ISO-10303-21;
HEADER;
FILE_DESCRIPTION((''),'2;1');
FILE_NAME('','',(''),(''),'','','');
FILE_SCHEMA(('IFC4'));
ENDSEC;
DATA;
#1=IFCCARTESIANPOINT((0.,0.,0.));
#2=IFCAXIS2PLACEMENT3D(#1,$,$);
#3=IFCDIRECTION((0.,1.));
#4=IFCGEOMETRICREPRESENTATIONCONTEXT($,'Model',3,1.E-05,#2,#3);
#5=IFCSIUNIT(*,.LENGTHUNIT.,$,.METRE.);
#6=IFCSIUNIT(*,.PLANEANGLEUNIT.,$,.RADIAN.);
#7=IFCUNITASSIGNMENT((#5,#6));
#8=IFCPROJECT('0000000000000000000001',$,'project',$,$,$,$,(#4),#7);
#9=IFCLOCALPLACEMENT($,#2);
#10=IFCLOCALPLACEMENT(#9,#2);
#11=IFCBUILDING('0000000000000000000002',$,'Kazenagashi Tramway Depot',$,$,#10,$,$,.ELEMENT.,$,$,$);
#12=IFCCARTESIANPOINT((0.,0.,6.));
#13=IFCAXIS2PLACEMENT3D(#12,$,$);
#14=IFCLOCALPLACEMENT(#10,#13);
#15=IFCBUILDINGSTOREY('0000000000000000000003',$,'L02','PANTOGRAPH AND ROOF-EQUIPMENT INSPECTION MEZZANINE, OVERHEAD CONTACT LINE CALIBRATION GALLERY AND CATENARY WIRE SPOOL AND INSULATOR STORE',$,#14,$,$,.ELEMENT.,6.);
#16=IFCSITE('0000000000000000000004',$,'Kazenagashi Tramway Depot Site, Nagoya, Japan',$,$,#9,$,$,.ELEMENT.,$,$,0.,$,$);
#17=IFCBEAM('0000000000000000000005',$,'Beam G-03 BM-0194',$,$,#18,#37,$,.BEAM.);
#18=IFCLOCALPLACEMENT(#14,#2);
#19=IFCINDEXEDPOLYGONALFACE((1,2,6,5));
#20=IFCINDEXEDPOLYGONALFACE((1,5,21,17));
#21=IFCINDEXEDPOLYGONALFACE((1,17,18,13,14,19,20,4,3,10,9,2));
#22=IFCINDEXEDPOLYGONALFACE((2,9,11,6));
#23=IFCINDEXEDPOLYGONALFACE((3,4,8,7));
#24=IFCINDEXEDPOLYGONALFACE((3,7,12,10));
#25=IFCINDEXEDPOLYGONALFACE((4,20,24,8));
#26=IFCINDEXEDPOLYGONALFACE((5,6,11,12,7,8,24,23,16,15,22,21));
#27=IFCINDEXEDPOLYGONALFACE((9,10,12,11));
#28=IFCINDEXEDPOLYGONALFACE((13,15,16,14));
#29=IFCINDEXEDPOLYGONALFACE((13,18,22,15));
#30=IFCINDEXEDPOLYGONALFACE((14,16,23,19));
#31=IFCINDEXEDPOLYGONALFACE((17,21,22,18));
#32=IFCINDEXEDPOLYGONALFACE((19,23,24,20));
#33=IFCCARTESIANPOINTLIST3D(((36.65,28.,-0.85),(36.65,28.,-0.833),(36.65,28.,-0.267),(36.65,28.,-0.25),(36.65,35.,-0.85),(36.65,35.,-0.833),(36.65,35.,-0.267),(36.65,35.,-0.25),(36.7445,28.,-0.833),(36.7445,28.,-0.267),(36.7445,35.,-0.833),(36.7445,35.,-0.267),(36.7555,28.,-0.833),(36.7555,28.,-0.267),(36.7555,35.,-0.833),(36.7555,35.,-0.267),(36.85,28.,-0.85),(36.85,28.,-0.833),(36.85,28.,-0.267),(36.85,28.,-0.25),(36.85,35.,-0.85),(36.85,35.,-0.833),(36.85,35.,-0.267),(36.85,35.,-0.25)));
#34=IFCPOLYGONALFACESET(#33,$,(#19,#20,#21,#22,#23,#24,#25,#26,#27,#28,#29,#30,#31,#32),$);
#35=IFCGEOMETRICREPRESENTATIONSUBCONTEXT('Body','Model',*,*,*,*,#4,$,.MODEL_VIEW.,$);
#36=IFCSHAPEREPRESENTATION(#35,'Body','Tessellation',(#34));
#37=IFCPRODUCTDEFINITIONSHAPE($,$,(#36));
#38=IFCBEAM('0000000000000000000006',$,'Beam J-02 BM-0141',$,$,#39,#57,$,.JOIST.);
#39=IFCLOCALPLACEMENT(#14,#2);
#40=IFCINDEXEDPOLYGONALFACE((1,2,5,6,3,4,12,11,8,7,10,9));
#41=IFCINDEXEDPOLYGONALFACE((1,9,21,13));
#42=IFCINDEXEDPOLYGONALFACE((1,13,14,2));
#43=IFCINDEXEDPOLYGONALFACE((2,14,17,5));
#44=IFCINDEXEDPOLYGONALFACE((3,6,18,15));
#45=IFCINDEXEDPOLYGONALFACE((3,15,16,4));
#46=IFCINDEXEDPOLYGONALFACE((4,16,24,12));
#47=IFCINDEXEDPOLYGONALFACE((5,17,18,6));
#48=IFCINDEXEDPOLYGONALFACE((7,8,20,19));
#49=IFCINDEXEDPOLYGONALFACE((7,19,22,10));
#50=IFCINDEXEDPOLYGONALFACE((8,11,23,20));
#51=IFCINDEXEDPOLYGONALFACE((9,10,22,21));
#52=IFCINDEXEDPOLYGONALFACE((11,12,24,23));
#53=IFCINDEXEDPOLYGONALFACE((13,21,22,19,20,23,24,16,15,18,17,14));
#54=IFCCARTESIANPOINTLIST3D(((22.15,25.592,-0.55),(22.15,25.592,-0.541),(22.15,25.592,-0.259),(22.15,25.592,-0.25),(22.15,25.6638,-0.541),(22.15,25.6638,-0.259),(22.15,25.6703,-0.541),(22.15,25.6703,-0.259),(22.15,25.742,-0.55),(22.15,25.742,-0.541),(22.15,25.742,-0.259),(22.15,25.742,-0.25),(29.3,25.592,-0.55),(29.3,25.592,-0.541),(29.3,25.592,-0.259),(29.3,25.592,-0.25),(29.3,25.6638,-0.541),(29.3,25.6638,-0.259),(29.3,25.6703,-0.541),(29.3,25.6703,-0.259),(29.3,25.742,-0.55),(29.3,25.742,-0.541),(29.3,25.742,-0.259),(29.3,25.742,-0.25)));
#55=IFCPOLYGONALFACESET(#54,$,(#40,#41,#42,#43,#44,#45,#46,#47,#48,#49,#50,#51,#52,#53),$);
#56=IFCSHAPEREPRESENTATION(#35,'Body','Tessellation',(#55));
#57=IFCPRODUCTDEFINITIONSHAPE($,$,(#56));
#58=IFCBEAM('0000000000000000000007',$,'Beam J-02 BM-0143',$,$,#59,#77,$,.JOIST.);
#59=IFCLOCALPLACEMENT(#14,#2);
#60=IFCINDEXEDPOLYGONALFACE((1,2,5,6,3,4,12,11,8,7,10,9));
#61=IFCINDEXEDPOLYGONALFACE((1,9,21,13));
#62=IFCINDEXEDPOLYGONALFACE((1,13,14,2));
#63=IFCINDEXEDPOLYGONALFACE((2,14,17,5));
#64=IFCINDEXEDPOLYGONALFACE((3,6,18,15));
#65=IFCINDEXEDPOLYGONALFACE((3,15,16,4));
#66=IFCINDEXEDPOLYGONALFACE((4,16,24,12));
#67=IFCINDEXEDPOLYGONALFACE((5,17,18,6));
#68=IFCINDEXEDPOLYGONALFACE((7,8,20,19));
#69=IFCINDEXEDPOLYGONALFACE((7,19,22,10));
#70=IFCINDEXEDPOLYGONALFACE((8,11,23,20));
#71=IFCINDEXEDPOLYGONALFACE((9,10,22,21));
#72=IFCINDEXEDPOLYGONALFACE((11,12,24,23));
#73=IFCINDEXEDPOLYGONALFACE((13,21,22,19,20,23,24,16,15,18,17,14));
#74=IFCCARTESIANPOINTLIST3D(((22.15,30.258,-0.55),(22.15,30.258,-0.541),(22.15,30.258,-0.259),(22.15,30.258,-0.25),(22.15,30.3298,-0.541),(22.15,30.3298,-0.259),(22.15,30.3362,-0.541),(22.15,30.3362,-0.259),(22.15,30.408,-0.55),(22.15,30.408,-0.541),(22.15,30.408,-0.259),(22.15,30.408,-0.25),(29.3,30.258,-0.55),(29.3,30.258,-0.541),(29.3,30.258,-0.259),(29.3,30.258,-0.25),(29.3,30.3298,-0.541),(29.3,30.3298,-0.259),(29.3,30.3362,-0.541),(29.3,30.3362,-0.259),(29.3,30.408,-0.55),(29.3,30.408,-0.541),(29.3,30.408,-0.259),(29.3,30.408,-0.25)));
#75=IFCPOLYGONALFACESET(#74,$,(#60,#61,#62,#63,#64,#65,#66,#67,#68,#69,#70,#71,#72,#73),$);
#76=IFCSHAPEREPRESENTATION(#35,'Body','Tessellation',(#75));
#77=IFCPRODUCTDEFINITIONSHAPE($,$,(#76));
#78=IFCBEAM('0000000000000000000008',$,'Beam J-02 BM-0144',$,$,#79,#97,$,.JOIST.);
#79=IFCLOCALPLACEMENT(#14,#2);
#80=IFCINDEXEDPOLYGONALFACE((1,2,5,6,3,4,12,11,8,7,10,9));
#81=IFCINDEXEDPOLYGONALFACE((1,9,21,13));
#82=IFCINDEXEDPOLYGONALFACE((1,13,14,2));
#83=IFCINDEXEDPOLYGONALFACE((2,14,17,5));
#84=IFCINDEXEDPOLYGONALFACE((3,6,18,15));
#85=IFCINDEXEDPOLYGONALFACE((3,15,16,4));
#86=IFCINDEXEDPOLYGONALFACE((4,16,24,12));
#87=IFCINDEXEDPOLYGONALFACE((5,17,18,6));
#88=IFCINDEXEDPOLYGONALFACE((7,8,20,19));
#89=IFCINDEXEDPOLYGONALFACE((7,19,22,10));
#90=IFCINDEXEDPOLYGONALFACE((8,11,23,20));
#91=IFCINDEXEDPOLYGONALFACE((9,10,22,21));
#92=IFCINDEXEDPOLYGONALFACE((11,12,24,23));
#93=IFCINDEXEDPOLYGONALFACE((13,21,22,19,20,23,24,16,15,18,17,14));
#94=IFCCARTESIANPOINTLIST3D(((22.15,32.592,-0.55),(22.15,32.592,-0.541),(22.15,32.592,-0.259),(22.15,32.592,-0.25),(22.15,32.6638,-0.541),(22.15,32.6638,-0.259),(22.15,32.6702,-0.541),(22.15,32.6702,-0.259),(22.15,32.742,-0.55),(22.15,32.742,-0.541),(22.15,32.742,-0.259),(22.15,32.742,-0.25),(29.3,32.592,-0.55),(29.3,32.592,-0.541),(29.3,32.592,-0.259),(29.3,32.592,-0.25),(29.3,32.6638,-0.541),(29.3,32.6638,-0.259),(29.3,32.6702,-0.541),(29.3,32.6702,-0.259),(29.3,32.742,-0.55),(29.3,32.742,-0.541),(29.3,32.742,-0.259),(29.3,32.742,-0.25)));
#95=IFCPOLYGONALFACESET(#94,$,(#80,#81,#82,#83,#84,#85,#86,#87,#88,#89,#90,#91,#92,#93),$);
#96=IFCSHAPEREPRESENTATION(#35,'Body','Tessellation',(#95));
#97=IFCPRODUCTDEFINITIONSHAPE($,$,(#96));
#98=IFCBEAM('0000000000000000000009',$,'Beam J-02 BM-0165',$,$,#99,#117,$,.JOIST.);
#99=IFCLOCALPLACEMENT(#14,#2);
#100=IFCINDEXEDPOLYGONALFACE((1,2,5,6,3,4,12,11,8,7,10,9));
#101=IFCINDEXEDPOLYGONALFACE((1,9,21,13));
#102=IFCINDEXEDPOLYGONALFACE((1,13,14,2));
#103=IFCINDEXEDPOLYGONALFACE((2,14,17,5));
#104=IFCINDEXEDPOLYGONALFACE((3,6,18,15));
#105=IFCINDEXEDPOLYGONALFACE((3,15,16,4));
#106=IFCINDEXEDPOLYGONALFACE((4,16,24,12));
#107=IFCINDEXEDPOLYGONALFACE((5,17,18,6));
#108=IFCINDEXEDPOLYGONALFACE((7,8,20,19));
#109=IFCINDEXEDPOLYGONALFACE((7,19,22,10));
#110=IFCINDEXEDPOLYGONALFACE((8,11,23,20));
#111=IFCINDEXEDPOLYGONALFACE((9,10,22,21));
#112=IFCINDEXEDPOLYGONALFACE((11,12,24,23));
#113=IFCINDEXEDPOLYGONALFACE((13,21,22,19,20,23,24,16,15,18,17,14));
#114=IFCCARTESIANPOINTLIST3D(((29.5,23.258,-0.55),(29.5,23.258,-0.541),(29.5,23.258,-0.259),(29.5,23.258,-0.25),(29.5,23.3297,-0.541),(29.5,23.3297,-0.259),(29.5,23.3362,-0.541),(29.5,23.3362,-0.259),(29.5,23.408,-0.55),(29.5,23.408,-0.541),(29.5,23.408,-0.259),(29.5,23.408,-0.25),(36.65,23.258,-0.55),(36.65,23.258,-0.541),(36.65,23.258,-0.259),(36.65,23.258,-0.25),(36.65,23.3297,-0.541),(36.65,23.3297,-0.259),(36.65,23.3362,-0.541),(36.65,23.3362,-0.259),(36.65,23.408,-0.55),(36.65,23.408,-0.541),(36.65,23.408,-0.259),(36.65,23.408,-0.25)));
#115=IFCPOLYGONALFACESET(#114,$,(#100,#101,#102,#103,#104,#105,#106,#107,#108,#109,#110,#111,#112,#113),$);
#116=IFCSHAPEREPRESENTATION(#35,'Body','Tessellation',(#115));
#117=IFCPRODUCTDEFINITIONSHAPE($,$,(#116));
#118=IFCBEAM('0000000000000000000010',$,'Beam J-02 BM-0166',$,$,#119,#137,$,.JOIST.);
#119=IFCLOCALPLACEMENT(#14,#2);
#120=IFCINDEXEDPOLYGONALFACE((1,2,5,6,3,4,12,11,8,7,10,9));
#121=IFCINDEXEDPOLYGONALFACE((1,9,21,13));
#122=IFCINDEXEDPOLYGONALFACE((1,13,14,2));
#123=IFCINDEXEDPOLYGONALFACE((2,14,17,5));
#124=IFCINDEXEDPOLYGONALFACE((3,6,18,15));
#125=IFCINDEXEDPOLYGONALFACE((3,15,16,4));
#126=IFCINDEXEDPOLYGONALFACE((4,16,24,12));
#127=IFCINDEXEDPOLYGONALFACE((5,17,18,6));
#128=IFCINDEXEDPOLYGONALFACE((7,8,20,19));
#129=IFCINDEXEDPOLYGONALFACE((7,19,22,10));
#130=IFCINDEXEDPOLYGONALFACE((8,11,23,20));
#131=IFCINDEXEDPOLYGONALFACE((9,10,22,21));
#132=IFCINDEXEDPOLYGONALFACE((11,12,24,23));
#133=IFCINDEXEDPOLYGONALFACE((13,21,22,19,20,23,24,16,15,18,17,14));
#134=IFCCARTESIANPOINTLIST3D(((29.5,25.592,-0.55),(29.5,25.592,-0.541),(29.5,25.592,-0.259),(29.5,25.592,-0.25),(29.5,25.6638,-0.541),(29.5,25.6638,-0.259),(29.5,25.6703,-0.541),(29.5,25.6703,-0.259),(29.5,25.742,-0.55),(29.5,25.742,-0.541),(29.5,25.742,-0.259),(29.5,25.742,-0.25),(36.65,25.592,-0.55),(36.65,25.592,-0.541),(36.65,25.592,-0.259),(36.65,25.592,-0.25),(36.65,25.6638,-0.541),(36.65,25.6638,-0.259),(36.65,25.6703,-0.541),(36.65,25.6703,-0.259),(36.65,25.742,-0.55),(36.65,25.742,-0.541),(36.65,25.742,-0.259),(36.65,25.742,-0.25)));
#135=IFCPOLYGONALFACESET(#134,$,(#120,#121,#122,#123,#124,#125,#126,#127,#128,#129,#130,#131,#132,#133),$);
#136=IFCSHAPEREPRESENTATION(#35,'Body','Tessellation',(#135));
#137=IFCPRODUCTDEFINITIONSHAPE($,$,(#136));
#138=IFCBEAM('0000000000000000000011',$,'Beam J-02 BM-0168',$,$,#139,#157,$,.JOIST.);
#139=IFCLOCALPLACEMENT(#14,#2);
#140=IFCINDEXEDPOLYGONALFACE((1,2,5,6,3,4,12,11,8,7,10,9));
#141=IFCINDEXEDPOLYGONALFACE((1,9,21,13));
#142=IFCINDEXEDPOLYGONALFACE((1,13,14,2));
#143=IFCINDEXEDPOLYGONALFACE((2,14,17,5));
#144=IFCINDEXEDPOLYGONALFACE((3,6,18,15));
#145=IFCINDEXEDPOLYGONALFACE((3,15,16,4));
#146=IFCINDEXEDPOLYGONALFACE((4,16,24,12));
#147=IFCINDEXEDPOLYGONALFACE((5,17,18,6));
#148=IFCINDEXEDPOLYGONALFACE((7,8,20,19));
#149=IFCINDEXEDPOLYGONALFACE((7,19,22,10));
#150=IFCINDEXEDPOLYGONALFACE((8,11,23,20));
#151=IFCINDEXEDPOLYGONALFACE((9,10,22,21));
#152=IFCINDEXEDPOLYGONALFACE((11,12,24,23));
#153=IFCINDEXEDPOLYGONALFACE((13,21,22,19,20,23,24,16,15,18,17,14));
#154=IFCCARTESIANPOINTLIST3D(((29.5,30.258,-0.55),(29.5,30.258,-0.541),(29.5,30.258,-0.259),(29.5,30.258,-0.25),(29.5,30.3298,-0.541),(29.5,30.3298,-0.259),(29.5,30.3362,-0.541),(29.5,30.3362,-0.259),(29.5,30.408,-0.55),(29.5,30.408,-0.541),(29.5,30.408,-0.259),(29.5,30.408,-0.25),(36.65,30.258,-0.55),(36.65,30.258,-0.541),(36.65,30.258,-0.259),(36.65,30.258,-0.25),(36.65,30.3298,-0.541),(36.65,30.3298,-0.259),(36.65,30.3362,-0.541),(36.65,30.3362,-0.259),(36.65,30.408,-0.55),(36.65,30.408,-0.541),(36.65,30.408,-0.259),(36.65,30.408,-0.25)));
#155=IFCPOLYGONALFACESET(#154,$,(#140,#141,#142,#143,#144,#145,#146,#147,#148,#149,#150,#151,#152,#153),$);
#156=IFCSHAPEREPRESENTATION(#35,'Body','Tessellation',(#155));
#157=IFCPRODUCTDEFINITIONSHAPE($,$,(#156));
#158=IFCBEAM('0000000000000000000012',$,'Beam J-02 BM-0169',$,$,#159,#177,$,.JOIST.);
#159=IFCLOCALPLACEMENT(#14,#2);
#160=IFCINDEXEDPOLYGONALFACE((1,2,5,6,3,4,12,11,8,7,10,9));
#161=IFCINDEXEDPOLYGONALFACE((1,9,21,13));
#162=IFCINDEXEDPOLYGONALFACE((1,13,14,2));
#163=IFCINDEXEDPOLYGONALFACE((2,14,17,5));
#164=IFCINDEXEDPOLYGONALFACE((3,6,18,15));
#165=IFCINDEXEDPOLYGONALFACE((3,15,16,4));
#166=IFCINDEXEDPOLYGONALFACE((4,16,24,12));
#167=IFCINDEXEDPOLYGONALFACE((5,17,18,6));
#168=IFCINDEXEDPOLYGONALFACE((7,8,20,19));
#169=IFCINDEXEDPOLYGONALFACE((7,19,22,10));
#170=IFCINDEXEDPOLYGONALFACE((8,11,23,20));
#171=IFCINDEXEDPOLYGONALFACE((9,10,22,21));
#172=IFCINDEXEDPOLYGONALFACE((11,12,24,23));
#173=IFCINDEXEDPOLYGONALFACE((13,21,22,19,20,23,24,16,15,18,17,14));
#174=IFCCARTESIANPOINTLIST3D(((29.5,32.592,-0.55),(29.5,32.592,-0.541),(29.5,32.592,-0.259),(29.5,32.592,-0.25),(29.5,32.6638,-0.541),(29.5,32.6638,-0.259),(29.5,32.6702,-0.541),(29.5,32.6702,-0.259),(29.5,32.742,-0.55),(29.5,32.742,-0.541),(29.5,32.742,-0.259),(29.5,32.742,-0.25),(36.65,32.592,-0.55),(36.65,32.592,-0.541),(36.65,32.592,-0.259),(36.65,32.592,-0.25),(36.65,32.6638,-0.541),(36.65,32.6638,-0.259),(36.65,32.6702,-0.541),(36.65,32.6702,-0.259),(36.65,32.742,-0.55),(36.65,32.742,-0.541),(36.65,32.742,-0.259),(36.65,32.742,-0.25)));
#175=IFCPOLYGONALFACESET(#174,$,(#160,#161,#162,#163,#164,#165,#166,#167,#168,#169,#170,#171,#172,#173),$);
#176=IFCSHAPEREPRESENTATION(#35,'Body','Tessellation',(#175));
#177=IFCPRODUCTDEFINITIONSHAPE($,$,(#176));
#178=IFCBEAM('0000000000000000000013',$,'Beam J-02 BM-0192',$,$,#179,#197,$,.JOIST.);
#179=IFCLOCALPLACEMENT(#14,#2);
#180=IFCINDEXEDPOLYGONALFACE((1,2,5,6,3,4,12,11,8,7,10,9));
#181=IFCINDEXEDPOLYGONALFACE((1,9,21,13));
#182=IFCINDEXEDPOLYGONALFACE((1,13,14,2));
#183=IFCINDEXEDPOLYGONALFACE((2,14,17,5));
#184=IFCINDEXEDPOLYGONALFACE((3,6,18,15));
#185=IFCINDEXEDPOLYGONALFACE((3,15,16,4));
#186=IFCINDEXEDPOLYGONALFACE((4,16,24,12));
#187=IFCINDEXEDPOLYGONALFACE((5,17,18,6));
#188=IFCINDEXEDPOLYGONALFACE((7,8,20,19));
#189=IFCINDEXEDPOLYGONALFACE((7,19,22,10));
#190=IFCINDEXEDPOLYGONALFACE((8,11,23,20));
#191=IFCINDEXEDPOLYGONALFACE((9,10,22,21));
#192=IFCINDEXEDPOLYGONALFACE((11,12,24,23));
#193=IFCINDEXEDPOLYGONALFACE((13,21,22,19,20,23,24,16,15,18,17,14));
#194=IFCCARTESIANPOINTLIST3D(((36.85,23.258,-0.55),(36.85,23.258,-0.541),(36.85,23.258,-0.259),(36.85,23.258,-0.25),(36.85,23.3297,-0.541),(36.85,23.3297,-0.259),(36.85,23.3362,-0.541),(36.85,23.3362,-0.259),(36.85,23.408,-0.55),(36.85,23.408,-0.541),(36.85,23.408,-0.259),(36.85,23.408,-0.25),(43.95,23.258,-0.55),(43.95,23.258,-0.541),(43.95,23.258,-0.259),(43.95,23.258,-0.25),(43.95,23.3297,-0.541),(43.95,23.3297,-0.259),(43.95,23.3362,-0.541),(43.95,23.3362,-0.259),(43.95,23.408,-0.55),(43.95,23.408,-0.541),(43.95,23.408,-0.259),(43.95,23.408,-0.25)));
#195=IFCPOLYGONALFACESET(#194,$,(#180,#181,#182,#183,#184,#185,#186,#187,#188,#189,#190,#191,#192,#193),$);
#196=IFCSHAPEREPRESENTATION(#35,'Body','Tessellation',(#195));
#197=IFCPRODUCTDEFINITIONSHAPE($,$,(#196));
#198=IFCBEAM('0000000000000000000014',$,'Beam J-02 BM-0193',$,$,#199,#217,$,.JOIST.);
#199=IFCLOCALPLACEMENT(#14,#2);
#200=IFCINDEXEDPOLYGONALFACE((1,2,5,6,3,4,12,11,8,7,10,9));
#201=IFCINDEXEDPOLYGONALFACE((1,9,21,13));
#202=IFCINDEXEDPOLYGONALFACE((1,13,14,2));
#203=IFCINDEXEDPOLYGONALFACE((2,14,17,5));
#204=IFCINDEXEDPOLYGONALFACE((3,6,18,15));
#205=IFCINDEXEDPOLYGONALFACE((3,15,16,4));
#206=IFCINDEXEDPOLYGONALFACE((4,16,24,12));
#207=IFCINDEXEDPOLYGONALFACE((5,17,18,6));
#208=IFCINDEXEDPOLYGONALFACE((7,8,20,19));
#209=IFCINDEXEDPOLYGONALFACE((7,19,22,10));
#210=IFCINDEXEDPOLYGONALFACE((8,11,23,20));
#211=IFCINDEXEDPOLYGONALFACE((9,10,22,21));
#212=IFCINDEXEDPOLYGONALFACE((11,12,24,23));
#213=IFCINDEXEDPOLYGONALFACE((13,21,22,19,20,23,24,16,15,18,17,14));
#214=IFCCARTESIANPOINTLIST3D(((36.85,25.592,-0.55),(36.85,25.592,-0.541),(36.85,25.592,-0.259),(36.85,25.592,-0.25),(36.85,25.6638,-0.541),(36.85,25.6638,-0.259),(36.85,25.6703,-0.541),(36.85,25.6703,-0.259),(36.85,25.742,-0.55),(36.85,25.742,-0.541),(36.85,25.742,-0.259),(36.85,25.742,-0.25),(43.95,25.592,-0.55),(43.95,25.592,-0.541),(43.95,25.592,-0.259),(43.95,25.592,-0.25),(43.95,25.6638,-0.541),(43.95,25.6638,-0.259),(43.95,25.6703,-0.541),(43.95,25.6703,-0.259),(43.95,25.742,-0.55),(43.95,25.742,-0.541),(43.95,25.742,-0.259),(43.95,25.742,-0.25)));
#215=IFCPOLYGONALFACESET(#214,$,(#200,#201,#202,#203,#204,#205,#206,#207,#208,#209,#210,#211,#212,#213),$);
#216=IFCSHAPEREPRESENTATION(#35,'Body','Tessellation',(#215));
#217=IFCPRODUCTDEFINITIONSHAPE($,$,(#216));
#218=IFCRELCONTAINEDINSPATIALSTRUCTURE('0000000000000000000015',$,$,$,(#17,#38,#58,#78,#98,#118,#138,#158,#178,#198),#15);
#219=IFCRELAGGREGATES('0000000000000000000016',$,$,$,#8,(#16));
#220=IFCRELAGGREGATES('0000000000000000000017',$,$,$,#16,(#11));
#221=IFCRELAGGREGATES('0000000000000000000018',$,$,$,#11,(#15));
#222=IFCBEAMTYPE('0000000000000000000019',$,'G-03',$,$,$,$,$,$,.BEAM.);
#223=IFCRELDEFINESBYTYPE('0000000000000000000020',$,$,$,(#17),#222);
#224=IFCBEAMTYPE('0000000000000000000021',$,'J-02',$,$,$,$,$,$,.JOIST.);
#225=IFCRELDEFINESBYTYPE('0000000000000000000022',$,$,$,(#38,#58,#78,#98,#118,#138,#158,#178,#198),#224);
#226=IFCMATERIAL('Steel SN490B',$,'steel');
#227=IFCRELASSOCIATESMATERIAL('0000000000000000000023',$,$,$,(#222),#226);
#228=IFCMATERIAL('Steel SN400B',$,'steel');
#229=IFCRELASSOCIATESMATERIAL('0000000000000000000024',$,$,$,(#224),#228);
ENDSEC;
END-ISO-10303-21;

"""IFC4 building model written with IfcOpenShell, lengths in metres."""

from ifc_helpers import new_model, si_unit, direction, frame, origin, origin_2d, place, context, subcontext, project, spatial, i_section, extrude, material, material_profile, profile_set, type_object, element, save


model = new_model("IFC4")

# Units and contexts
model_context = context("Model", 3, precision=1e-05, world=origin(), true_north=direction((0.0, 1.0)))
body_context = subcontext(model_context, "Body", "Model", "MODEL_VIEW")
ifc_project = project(units=[si_unit("LENGTHUNIT", "METRE"), si_unit("PLANEANGLEUNIT", "RADIAN")], contexts=[model_context])

# Site, building, storey
site_placement = place(None, origin())
site = spatial("IfcSite", under=ifc_project, at=site_placement, Name="Kazenagashi Tramway Depot Site, Nagoya, Japan", CompositionType="ELEMENT", RefElevation=0.0)
building_placement = place(site_placement, origin())
building = spatial("IfcBuilding", under=site, at=building_placement, Name="Kazenagashi Tramway Depot", CompositionType="ELEMENT")
storey_placement = place(building_placement, frame((0.0, 0.0, 6.0)))
storey = spatial("IfcBuildingStorey", under=building, at=storey_placement, Name="L02", Description="PANTOGRAPH AND ROOF-EQUIPMENT INSPECTION MEZZANINE, OVERHEAD CONTACT LINE CALIBRATION GALLERY AND CATENARY WIRE SPOOL AND INSULATOR STORE", CompositionType="ELEMENT", Elevation=6.0)

# Shared definitions
ifc_material_1 = material(Name="Steel SN490B", Category="steel")

# Beams
ifc_material_profile_1 = material_profile(ifc_material_1, i_section(OverallWidth=0.2, OverallDepth=0.6, WebThickness=0.011, FlangeThickness=0.017, at=origin_2d()), Name="H-600x200x11x17")
ifc_profile_set_1 = profile_set([ifc_material_profile_1], Name="Steel SN490B")
beam_type_1 = type_object("IfcBeamType", Name="G-03", PredefinedType="BEAM", material=ifc_profile_set_1)
for number, where, z_axis, x_axis, name in (
    (1, (36.75, 28.0, -0.55), (0.0, 1.0, 0.0), (-1.0, 0.0, 0.0), "Beam G-03 BM-0194"),
):
    element("IfcBeam", number, at=place(storey_placement, frame(where, z_axis=z_axis, x_axis=x_axis)), inside=storey, type_object=beam_type_1, Name=name, PredefinedType="BEAM", context=body_context, shape_type="SweptSolid", body=[
        extrude(i_section(OverallWidth=0.2, OverallDepth=0.6, WebThickness=0.011, FlangeThickness=0.017, at=origin_2d()), origin(), (0.0, 0.0, 1.0), 7.0),
    ])
ifc_material_2 = material(Name="Steel SN400B", Category="steel")
ifc_material_profile_2 = material_profile(ifc_material_2, i_section(OverallWidth=0.15, OverallDepth=0.3, WebThickness=0.0065, FlangeThickness=0.009, at=origin_2d()), Name="H-300x150x6.5x9")
ifc_profile_set_2 = profile_set([ifc_material_profile_2], Name="Steel SN400B")
beam_type_2 = type_object("IfcBeamType", Name="J-02", PredefinedType="JOIST", material=ifc_profile_set_2)
for number, where, z_axis, x_axis, name in (
    (2, (22.15, 25.667, -0.4), (1.0, 0.0, 0.0), (0.0, 1.0, 0.0), "Beam J-02 BM-0141"),
    (3, (22.15, 30.333, -0.4), (1.0, 0.0, 0.0), (0.0, 1.0, 0.0), "Beam J-02 BM-0143"),
    (4, (22.15, 32.667, -0.4), (1.0, 0.0, 0.0), (0.0, 1.0, 0.0), "Beam J-02 BM-0144"),
    (5, (29.5, 23.333, -0.4), (1.0, 0.0, 0.0), (0.0, 1.0, 0.0), "Beam J-02 BM-0165"),
    (6, (29.5, 25.667, -0.4), (1.0, 0.0, 0.0), (0.0, 1.0, 0.0), "Beam J-02 BM-0166"),
    (7, (29.5, 30.333, -0.4), (1.0, 0.0, 0.0), (0.0, 1.0, 0.0), "Beam J-02 BM-0168"),
    (8, (29.5, 32.667, -0.4), (1.0, 0.0, 0.0), (0.0, 1.0, 0.0), "Beam J-02 BM-0169"),
):
    element("IfcBeam", number, at=place(storey_placement, frame(where, z_axis=z_axis, x_axis=x_axis)), inside=storey, type_object=beam_type_2, Name=name, PredefinedType="JOIST", context=body_context, shape_type="SweptSolid", body=[
        extrude(i_section(OverallWidth=0.15, OverallDepth=0.3, WebThickness=0.0065, FlangeThickness=0.009, at=origin_2d()), origin(), (0.0, 0.0, 1.0), 7.15),
    ])
for number, where, z_axis, x_axis, name in (
    (9, (36.85, 23.333, -0.4), (1.0, 0.0, 0.0), (0.0, 1.0, 0.0), "Beam J-02 BM-0192"),
    (10, (36.85, 25.667, -0.4), (1.0, 0.0, 0.0), (0.0, 1.0, 0.0), "Beam J-02 BM-0193"),
):
    element("IfcBeam", number, at=place(storey_placement, frame(where, z_axis=z_axis, x_axis=x_axis)), inside=storey, type_object=beam_type_2, Name=name, PredefinedType="JOIST", context=body_context, shape_type="SweptSolid", body=[
        extrude(i_section(OverallWidth=0.15, OverallDepth=0.3, WebThickness=0.0065, FlangeThickness=0.009, at=origin_2d()), origin(), (0.0, 0.0, 1.0), 7.1),
    ])

save(model, "model.ifc")
